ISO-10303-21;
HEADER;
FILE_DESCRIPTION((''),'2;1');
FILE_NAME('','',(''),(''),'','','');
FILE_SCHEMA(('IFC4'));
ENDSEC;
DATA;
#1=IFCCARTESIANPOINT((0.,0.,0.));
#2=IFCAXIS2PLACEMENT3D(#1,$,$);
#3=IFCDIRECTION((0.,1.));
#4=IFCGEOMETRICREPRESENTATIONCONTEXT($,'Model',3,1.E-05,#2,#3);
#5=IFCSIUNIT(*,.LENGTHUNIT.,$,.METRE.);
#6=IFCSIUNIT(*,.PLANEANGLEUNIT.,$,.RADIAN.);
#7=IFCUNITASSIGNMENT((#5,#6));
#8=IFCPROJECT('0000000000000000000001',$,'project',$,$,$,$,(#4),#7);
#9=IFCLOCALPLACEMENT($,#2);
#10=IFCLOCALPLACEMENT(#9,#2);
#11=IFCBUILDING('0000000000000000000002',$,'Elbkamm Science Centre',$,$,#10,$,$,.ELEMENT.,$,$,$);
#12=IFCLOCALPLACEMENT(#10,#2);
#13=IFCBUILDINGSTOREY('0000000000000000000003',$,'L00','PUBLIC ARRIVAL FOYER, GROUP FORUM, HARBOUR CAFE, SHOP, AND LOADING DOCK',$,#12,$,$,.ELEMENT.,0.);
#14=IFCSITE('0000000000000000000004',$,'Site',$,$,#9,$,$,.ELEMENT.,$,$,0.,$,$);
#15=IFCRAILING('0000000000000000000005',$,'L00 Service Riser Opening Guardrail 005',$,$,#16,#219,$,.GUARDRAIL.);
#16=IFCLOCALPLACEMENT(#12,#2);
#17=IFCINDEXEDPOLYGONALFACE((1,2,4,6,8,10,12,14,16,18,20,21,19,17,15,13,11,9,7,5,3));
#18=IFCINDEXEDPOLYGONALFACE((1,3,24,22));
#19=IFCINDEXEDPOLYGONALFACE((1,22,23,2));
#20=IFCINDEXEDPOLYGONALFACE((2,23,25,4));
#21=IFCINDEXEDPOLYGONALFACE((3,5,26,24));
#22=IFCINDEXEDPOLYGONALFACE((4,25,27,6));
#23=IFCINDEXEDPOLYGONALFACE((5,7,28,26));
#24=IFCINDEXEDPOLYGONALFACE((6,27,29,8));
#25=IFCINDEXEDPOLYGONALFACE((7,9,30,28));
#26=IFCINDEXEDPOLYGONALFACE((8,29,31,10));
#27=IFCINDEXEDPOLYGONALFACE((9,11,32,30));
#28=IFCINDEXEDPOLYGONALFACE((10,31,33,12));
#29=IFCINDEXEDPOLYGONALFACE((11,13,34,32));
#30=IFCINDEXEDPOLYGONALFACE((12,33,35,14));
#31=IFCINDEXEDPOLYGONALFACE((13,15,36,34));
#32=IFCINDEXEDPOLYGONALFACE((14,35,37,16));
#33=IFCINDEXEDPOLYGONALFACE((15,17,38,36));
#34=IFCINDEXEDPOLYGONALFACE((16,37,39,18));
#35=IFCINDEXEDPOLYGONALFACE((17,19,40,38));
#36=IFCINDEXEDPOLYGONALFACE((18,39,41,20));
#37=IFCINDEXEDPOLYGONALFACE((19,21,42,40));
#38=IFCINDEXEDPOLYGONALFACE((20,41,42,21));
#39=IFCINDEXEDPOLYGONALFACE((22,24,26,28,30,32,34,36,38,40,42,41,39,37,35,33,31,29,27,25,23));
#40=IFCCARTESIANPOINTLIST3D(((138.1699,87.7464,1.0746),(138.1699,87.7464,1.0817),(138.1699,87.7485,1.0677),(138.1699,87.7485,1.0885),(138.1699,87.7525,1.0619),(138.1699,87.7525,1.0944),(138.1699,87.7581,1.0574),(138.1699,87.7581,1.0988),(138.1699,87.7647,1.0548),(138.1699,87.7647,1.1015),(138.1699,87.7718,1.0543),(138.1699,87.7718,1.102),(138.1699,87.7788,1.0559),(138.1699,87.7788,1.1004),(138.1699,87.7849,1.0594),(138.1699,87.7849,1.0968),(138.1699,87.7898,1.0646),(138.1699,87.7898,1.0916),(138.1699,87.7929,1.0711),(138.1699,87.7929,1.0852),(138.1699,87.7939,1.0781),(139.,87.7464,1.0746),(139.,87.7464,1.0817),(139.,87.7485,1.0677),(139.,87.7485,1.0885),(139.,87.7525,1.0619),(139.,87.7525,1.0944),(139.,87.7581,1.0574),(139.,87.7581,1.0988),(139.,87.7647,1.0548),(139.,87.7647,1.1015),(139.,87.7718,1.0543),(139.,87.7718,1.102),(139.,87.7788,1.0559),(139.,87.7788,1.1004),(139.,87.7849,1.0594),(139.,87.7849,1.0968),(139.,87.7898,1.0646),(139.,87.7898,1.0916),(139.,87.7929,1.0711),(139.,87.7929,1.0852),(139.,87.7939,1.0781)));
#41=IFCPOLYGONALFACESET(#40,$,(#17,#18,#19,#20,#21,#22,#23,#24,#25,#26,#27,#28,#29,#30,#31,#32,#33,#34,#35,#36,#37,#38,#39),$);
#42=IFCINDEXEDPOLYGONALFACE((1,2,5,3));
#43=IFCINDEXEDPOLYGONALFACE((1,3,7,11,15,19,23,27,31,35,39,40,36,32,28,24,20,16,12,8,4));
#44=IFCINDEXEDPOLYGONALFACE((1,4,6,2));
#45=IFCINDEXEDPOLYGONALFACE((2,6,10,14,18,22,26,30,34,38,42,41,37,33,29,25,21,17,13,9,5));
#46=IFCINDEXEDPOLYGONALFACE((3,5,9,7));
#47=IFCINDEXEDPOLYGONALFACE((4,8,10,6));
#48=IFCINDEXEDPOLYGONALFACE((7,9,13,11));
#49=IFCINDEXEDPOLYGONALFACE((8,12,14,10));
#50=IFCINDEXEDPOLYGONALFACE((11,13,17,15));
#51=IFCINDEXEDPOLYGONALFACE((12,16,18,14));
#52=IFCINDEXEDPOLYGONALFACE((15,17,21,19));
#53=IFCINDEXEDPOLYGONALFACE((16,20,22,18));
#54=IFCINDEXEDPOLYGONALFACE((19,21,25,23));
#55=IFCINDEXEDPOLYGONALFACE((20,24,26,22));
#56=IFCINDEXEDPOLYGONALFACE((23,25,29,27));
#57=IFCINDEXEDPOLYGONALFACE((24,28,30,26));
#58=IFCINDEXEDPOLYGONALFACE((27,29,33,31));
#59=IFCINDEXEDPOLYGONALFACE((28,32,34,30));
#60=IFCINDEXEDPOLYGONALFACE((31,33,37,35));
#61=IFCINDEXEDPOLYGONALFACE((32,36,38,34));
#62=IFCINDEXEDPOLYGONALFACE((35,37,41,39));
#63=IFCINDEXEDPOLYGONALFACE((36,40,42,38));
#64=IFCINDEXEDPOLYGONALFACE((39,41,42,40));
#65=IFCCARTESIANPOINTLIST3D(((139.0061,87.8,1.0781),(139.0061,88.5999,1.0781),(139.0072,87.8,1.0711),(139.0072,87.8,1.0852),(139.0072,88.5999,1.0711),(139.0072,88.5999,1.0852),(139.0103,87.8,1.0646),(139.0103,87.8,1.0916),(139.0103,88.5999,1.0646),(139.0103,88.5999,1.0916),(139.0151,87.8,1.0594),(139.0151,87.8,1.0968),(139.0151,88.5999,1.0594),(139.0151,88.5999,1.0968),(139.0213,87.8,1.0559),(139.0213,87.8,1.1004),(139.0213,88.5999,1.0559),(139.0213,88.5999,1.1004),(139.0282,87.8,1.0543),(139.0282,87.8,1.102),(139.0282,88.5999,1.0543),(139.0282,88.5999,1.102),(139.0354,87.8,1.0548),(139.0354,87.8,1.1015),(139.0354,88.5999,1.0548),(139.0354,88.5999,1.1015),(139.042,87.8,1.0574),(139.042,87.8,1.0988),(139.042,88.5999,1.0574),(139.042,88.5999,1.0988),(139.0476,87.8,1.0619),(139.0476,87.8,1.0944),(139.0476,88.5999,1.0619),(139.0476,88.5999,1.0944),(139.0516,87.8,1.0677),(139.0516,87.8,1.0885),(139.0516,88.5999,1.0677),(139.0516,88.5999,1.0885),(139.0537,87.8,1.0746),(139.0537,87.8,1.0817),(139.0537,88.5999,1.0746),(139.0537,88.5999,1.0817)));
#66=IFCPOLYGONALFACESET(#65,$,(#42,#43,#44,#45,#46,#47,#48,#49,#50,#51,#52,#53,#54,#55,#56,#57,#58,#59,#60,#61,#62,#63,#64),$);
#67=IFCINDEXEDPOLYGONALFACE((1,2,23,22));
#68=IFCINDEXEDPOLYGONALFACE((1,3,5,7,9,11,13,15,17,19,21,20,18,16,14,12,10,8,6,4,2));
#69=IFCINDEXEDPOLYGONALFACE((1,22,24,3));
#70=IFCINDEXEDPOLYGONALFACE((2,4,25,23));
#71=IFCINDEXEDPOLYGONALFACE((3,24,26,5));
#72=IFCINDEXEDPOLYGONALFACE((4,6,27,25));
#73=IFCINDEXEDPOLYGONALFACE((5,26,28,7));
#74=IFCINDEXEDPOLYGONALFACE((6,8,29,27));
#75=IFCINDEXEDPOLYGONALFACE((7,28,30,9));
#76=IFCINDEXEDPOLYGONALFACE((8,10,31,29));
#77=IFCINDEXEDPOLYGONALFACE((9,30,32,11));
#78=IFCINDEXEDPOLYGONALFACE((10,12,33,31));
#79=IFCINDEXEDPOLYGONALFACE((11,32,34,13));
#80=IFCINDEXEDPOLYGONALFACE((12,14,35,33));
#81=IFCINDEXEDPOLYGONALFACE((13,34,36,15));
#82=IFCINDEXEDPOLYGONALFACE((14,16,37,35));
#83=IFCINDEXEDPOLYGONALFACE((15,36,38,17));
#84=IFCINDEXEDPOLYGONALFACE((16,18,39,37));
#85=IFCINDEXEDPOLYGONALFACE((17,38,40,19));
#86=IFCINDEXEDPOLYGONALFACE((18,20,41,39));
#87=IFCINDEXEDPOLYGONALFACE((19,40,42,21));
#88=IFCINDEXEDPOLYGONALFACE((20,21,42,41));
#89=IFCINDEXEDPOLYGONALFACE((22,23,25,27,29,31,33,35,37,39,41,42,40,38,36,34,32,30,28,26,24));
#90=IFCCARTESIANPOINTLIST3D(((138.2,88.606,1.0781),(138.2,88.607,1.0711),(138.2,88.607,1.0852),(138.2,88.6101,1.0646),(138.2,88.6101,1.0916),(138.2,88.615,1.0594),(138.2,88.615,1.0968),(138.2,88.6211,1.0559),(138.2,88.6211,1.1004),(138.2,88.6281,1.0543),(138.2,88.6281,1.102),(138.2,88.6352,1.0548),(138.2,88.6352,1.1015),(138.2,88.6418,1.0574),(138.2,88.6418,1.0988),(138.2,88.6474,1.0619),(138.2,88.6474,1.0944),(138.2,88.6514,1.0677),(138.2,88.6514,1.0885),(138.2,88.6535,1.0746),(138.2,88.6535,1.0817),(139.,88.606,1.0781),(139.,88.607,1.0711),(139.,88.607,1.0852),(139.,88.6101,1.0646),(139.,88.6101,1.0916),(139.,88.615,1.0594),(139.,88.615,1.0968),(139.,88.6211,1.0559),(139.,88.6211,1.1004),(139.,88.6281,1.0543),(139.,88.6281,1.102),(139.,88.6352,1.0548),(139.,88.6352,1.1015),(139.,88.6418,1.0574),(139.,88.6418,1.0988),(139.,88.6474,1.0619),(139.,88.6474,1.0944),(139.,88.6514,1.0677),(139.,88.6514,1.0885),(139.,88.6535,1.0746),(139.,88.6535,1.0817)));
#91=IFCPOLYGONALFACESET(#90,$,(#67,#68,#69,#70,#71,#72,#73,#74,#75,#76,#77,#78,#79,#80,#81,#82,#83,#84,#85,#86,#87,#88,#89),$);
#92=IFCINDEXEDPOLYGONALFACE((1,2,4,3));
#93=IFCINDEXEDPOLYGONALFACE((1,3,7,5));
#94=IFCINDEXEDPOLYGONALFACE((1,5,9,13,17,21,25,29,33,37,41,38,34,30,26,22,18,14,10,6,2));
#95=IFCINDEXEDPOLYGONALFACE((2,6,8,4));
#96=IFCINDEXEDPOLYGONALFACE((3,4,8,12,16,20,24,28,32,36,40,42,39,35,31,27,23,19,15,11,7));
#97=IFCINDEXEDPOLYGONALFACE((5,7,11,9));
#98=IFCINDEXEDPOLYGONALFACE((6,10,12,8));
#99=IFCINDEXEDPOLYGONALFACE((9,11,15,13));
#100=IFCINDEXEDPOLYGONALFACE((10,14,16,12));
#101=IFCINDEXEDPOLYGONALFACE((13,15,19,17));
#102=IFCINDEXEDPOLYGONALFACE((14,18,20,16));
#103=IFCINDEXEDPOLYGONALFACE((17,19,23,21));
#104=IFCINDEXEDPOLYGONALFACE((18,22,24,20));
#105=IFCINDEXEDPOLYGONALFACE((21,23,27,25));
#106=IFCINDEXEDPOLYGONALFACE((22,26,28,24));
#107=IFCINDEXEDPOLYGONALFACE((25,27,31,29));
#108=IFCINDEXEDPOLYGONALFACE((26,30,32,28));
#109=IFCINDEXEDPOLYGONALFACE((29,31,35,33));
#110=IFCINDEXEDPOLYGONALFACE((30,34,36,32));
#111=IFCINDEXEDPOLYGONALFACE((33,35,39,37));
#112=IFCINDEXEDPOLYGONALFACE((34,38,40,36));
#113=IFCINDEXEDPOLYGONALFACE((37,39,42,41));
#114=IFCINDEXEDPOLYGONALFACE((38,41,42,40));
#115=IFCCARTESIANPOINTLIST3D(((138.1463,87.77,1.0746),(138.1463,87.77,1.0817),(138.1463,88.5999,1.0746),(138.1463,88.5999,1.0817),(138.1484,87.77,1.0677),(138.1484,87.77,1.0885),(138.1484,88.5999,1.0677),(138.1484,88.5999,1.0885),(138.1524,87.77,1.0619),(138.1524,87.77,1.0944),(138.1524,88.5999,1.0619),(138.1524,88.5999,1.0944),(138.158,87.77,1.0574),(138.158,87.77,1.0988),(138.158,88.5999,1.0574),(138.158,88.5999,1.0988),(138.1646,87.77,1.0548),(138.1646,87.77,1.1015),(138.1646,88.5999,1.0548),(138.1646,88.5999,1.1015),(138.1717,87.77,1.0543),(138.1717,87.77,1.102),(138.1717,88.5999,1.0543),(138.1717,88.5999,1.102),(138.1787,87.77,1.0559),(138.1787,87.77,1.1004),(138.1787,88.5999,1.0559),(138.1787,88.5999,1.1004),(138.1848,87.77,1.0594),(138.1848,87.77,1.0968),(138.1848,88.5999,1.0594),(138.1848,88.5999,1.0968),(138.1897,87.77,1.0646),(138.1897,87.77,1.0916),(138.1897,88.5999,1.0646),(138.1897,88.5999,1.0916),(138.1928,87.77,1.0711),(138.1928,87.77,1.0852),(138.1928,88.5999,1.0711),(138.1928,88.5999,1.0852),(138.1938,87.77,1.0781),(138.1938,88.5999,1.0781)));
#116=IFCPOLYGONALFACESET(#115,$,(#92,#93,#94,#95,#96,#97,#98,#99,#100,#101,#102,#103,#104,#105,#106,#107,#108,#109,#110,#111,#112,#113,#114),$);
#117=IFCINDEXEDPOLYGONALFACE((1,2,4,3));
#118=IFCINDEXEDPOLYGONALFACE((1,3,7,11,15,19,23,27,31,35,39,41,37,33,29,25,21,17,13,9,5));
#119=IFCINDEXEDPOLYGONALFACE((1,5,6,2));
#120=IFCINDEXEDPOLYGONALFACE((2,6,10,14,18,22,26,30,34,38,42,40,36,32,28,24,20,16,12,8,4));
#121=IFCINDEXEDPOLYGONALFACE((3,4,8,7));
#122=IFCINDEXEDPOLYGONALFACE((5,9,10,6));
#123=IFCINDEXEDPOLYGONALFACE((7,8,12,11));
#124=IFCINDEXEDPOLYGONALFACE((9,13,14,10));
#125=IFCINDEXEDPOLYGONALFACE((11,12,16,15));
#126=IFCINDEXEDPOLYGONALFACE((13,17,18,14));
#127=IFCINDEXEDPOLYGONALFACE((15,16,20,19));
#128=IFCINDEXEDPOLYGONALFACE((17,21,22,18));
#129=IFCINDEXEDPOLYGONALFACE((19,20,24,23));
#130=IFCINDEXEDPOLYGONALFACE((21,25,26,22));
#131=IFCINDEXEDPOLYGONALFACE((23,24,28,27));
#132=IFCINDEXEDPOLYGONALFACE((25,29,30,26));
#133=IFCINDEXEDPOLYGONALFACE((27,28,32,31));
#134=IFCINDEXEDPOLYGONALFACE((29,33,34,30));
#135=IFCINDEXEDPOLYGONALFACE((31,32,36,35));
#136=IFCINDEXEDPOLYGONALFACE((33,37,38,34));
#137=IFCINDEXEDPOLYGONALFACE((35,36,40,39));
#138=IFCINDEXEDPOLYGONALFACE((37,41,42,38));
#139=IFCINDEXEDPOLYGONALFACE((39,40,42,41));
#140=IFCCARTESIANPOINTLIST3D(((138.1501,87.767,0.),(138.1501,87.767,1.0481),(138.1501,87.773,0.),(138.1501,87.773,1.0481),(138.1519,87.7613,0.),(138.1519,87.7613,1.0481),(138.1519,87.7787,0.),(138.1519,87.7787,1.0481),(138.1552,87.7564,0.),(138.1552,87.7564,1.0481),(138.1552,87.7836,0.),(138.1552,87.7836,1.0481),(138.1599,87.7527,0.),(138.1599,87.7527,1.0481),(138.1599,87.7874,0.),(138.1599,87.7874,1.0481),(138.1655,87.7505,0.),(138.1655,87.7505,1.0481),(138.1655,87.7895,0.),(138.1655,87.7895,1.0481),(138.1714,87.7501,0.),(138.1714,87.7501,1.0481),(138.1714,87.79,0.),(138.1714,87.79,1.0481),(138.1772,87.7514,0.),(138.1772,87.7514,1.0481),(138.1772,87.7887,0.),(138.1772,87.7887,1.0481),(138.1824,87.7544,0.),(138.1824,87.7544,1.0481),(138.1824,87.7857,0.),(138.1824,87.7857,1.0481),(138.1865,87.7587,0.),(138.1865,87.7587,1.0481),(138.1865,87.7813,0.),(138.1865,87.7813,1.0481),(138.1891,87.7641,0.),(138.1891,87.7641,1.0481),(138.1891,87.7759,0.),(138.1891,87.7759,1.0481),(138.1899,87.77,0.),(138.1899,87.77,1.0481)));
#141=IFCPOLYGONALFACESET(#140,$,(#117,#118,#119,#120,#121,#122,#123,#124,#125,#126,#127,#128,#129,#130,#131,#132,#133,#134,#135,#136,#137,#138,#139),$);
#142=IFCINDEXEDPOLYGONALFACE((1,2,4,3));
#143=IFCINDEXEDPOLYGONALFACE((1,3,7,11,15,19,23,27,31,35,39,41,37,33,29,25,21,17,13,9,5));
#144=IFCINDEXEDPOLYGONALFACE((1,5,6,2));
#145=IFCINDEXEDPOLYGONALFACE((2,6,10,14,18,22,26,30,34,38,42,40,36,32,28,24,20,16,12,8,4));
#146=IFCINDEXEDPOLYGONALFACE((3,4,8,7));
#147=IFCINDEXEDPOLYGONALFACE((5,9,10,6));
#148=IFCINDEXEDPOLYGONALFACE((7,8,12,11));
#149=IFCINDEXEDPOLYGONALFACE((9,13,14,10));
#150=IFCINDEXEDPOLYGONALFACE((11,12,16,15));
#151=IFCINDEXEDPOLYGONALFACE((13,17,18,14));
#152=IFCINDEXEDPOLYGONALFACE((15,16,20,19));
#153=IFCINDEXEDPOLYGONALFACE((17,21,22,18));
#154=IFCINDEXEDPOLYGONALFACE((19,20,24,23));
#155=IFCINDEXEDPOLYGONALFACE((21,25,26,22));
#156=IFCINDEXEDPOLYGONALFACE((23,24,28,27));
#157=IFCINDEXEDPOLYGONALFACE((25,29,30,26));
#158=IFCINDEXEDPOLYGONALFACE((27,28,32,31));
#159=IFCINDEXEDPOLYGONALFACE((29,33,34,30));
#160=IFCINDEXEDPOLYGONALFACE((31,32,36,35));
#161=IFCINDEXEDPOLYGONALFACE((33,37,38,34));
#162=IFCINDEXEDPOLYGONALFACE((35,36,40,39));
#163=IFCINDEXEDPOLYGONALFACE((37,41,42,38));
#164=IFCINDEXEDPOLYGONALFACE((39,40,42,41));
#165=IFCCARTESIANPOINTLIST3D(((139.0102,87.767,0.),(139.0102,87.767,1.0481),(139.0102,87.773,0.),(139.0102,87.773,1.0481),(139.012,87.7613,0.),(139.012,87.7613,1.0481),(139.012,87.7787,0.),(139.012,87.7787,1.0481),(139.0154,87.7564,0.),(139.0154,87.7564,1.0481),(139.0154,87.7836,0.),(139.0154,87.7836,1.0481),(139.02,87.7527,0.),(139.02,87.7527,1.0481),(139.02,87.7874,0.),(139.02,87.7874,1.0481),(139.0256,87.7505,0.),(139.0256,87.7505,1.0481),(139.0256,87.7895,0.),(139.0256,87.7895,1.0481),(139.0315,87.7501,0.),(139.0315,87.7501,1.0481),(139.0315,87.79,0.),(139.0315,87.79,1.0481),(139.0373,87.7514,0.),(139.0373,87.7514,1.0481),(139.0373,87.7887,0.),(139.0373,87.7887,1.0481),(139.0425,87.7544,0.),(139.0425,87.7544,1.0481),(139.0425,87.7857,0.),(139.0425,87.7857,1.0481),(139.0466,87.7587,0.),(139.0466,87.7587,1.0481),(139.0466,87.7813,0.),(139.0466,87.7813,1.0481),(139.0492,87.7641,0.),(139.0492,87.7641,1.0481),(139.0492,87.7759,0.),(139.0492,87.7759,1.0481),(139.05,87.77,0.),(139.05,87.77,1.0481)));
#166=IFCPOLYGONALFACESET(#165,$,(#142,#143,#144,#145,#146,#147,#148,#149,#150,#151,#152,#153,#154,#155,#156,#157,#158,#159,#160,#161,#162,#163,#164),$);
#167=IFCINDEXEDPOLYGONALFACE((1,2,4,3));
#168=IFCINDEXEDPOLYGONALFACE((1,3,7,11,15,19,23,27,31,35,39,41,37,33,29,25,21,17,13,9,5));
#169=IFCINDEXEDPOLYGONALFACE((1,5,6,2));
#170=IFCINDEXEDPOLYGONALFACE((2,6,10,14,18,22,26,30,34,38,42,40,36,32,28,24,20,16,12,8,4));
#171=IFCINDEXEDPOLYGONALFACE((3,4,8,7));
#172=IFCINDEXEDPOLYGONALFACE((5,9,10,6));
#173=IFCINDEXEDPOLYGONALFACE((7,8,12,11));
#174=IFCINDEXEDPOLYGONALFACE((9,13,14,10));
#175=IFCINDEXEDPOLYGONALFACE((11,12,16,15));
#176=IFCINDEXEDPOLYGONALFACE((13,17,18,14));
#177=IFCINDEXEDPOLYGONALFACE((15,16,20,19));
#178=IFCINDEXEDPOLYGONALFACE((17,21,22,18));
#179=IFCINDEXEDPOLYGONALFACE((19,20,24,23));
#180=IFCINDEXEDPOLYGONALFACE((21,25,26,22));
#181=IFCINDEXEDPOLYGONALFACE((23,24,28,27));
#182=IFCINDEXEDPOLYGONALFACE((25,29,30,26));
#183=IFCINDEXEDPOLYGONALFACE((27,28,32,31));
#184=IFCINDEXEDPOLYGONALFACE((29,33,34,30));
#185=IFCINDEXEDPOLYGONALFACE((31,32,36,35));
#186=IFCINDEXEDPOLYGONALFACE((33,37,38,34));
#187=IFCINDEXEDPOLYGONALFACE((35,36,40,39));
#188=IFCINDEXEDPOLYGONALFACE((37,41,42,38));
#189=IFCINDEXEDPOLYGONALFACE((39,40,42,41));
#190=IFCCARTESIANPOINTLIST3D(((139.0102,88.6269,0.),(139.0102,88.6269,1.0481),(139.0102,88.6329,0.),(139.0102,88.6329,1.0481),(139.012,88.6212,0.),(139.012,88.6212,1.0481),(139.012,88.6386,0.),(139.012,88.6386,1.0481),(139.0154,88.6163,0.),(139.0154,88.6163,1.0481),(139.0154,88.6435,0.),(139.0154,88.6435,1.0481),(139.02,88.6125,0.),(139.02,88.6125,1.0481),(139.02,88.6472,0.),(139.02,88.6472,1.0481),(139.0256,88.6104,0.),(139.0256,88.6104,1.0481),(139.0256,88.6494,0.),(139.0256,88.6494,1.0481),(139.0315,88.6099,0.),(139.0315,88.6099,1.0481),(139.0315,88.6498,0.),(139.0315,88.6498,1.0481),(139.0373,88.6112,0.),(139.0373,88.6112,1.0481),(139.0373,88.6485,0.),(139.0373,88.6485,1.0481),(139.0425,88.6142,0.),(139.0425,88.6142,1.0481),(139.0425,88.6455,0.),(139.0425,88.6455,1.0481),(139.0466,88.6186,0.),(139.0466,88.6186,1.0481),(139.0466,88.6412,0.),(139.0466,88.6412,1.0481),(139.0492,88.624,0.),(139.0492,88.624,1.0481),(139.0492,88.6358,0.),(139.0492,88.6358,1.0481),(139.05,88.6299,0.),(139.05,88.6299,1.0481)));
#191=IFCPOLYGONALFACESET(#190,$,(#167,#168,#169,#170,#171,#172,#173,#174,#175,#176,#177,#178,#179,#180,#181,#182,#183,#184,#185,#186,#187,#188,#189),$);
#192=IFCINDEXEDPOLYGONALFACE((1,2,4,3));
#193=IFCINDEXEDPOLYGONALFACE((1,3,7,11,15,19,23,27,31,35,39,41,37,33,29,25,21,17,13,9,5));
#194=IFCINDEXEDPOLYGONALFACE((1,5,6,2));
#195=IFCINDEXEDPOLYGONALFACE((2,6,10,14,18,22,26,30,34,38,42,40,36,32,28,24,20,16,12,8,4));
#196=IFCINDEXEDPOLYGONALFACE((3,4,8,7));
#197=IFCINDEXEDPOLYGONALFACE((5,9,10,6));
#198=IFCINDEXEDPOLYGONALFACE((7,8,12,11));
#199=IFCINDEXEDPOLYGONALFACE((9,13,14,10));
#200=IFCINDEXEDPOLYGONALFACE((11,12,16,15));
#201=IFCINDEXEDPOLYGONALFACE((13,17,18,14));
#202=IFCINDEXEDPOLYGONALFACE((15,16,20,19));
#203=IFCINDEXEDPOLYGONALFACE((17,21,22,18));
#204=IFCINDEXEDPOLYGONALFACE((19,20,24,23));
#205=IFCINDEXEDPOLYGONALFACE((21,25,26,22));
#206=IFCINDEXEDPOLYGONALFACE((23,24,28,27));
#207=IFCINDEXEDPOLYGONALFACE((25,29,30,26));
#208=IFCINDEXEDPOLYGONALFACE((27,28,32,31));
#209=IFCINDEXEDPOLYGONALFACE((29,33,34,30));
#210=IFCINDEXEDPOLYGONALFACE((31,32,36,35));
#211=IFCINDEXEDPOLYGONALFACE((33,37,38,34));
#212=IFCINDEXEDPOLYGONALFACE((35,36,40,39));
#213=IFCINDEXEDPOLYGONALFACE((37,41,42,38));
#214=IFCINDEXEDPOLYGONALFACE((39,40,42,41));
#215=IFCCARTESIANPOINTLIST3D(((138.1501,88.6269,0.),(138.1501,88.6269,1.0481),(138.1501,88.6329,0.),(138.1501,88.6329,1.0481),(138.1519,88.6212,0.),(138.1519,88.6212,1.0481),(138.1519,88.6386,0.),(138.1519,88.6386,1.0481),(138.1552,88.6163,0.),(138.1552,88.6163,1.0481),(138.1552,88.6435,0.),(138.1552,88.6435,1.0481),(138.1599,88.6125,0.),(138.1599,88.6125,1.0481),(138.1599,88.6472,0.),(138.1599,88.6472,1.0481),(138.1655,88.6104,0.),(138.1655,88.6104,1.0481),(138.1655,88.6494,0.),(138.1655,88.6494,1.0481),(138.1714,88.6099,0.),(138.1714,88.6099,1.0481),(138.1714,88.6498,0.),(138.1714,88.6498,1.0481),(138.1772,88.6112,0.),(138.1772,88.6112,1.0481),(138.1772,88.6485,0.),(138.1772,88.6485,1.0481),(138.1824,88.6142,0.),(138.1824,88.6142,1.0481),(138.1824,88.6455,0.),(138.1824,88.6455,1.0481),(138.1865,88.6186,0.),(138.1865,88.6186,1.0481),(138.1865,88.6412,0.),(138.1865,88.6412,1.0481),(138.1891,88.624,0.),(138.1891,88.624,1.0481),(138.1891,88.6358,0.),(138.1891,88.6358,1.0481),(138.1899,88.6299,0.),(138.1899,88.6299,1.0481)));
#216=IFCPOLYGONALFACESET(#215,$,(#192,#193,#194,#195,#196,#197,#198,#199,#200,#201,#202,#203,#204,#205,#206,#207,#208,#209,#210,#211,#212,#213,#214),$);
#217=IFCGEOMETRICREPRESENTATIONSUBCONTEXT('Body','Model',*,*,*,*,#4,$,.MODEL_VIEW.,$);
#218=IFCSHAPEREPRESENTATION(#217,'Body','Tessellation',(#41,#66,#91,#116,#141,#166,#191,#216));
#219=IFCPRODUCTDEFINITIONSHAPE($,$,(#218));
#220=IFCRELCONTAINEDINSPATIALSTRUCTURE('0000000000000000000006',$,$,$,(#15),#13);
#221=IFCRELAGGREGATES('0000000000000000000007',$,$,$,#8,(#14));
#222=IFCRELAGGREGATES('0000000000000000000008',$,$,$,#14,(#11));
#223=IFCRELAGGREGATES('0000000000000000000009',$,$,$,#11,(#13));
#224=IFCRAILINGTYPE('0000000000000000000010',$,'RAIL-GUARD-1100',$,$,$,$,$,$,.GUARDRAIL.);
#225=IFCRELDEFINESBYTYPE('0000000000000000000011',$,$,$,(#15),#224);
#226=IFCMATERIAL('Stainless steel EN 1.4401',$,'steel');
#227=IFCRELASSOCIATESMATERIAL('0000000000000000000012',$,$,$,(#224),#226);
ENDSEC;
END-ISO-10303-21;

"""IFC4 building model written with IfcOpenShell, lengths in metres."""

from ifc_helpers import new_model, si_unit, direction, frame, origin, origin_2d, place, context, subcontext, project, spatial, circle, extrude, material, type_object, element, save


model = new_model("IFC4")

# Units and contexts
model_context = context("Model", 3, precision=1e-05, world=origin(), true_north=direction((0.0, 1.0)))
body_context = subcontext(model_context, "Body", "Model", "MODEL_VIEW")
ifc_project = project(units=[si_unit("LENGTHUNIT", "METRE"), si_unit("PLANEANGLEUNIT", "RADIAN")], contexts=[model_context])

# Site, building, storey
site_placement = place(None, origin())
site = spatial("IfcSite", under=ifc_project, at=site_placement, Name="Site", CompositionType="ELEMENT", RefElevation=0.0)
building_placement = place(site_placement, origin())
building = spatial("IfcBuilding", under=site, at=building_placement, Name="Elbkamm Science Centre", CompositionType="ELEMENT")
storey_placement = place(building_placement, origin())
storey = spatial("IfcBuildingStorey", under=building, at=storey_placement, Name="L00", Description="PUBLIC ARRIVAL FOYER, GROUP FORUM, HARBOUR CAFE, SHOP, AND LOADING DOCK", CompositionType="ELEMENT", Elevation=0.0)

# Railing
ifc_material_1 = material(Name="Stainless steel EN 1.4401", Category="steel")
railing_type = type_object("IfcRailingType", Name="RAIL-GUARD-1100", PredefinedType="GUARDRAIL", material=ifc_material_1)
railing_1_placement = place(storey_placement, frame((138.1699, 87.77, 0.0)))
element("IfcRailing", 1, at=railing_1_placement, inside=storey, type_object=railing_type, Name="L00 Service Riser Opening Guardrail 005", PredefinedType="GUARDRAIL", context=body_context, shape_type="SweptSolid", body=[
    extrude(circle(Radius=0.0239, at=origin_2d()), frame((0.0, 0.0, 1.0781), z_axis=(1.0, 0.0, 0.0), x_axis=(0.0, 1.0, 0.0)), (0.0, 0.0, 1.0), 0.8301),
    extrude(circle(Radius=0.0239, at=origin_2d()), frame((0.8601, 0.03, 1.0781), z_axis=(0.0, 1.0, 0.0), x_axis=(-1.0, 0.0, 0.0)), (0.0, 0.0, 1.0), 0.7998),
    extrude(circle(Radius=0.0239, at=origin_2d()), frame((0.8301, 0.8599, 1.0781), z_axis=(-1.0, 0.0, 0.0), x_axis=(0.0, -1.0, 0.0)), (0.0, 0.0, 1.0), 0.8),
    extrude(circle(Radius=0.0239, at=origin_2d()), frame((0.0, 0.8298, 1.0781), z_axis=(0.0, -1.0, 0.0), x_axis=(1.0, 0.0, 0.0)), (0.0, 0.0, 1.0), 0.8298),
    extrude(circle(Radius=0.02, at=origin_2d()), origin(), (0.0, 0.0, 1.0), 1.0481),
    extrude(circle(Radius=0.02, at=origin_2d()), frame((0.8601, 0.0, 0.0)), (0.0, 0.0, 1.0), 1.0481),
    extrude(circle(Radius=0.02, at=origin_2d()), frame((0.8601, 0.8599, 0.0)), (0.0, 0.0, 1.0), 1.0481),
    extrude(circle(Radius=0.02, at=origin_2d()), frame((0.0, 0.8599, 0.0)), (0.0, 0.0, 1.0), 1.0481),
])

save(model, "model.ifc")
